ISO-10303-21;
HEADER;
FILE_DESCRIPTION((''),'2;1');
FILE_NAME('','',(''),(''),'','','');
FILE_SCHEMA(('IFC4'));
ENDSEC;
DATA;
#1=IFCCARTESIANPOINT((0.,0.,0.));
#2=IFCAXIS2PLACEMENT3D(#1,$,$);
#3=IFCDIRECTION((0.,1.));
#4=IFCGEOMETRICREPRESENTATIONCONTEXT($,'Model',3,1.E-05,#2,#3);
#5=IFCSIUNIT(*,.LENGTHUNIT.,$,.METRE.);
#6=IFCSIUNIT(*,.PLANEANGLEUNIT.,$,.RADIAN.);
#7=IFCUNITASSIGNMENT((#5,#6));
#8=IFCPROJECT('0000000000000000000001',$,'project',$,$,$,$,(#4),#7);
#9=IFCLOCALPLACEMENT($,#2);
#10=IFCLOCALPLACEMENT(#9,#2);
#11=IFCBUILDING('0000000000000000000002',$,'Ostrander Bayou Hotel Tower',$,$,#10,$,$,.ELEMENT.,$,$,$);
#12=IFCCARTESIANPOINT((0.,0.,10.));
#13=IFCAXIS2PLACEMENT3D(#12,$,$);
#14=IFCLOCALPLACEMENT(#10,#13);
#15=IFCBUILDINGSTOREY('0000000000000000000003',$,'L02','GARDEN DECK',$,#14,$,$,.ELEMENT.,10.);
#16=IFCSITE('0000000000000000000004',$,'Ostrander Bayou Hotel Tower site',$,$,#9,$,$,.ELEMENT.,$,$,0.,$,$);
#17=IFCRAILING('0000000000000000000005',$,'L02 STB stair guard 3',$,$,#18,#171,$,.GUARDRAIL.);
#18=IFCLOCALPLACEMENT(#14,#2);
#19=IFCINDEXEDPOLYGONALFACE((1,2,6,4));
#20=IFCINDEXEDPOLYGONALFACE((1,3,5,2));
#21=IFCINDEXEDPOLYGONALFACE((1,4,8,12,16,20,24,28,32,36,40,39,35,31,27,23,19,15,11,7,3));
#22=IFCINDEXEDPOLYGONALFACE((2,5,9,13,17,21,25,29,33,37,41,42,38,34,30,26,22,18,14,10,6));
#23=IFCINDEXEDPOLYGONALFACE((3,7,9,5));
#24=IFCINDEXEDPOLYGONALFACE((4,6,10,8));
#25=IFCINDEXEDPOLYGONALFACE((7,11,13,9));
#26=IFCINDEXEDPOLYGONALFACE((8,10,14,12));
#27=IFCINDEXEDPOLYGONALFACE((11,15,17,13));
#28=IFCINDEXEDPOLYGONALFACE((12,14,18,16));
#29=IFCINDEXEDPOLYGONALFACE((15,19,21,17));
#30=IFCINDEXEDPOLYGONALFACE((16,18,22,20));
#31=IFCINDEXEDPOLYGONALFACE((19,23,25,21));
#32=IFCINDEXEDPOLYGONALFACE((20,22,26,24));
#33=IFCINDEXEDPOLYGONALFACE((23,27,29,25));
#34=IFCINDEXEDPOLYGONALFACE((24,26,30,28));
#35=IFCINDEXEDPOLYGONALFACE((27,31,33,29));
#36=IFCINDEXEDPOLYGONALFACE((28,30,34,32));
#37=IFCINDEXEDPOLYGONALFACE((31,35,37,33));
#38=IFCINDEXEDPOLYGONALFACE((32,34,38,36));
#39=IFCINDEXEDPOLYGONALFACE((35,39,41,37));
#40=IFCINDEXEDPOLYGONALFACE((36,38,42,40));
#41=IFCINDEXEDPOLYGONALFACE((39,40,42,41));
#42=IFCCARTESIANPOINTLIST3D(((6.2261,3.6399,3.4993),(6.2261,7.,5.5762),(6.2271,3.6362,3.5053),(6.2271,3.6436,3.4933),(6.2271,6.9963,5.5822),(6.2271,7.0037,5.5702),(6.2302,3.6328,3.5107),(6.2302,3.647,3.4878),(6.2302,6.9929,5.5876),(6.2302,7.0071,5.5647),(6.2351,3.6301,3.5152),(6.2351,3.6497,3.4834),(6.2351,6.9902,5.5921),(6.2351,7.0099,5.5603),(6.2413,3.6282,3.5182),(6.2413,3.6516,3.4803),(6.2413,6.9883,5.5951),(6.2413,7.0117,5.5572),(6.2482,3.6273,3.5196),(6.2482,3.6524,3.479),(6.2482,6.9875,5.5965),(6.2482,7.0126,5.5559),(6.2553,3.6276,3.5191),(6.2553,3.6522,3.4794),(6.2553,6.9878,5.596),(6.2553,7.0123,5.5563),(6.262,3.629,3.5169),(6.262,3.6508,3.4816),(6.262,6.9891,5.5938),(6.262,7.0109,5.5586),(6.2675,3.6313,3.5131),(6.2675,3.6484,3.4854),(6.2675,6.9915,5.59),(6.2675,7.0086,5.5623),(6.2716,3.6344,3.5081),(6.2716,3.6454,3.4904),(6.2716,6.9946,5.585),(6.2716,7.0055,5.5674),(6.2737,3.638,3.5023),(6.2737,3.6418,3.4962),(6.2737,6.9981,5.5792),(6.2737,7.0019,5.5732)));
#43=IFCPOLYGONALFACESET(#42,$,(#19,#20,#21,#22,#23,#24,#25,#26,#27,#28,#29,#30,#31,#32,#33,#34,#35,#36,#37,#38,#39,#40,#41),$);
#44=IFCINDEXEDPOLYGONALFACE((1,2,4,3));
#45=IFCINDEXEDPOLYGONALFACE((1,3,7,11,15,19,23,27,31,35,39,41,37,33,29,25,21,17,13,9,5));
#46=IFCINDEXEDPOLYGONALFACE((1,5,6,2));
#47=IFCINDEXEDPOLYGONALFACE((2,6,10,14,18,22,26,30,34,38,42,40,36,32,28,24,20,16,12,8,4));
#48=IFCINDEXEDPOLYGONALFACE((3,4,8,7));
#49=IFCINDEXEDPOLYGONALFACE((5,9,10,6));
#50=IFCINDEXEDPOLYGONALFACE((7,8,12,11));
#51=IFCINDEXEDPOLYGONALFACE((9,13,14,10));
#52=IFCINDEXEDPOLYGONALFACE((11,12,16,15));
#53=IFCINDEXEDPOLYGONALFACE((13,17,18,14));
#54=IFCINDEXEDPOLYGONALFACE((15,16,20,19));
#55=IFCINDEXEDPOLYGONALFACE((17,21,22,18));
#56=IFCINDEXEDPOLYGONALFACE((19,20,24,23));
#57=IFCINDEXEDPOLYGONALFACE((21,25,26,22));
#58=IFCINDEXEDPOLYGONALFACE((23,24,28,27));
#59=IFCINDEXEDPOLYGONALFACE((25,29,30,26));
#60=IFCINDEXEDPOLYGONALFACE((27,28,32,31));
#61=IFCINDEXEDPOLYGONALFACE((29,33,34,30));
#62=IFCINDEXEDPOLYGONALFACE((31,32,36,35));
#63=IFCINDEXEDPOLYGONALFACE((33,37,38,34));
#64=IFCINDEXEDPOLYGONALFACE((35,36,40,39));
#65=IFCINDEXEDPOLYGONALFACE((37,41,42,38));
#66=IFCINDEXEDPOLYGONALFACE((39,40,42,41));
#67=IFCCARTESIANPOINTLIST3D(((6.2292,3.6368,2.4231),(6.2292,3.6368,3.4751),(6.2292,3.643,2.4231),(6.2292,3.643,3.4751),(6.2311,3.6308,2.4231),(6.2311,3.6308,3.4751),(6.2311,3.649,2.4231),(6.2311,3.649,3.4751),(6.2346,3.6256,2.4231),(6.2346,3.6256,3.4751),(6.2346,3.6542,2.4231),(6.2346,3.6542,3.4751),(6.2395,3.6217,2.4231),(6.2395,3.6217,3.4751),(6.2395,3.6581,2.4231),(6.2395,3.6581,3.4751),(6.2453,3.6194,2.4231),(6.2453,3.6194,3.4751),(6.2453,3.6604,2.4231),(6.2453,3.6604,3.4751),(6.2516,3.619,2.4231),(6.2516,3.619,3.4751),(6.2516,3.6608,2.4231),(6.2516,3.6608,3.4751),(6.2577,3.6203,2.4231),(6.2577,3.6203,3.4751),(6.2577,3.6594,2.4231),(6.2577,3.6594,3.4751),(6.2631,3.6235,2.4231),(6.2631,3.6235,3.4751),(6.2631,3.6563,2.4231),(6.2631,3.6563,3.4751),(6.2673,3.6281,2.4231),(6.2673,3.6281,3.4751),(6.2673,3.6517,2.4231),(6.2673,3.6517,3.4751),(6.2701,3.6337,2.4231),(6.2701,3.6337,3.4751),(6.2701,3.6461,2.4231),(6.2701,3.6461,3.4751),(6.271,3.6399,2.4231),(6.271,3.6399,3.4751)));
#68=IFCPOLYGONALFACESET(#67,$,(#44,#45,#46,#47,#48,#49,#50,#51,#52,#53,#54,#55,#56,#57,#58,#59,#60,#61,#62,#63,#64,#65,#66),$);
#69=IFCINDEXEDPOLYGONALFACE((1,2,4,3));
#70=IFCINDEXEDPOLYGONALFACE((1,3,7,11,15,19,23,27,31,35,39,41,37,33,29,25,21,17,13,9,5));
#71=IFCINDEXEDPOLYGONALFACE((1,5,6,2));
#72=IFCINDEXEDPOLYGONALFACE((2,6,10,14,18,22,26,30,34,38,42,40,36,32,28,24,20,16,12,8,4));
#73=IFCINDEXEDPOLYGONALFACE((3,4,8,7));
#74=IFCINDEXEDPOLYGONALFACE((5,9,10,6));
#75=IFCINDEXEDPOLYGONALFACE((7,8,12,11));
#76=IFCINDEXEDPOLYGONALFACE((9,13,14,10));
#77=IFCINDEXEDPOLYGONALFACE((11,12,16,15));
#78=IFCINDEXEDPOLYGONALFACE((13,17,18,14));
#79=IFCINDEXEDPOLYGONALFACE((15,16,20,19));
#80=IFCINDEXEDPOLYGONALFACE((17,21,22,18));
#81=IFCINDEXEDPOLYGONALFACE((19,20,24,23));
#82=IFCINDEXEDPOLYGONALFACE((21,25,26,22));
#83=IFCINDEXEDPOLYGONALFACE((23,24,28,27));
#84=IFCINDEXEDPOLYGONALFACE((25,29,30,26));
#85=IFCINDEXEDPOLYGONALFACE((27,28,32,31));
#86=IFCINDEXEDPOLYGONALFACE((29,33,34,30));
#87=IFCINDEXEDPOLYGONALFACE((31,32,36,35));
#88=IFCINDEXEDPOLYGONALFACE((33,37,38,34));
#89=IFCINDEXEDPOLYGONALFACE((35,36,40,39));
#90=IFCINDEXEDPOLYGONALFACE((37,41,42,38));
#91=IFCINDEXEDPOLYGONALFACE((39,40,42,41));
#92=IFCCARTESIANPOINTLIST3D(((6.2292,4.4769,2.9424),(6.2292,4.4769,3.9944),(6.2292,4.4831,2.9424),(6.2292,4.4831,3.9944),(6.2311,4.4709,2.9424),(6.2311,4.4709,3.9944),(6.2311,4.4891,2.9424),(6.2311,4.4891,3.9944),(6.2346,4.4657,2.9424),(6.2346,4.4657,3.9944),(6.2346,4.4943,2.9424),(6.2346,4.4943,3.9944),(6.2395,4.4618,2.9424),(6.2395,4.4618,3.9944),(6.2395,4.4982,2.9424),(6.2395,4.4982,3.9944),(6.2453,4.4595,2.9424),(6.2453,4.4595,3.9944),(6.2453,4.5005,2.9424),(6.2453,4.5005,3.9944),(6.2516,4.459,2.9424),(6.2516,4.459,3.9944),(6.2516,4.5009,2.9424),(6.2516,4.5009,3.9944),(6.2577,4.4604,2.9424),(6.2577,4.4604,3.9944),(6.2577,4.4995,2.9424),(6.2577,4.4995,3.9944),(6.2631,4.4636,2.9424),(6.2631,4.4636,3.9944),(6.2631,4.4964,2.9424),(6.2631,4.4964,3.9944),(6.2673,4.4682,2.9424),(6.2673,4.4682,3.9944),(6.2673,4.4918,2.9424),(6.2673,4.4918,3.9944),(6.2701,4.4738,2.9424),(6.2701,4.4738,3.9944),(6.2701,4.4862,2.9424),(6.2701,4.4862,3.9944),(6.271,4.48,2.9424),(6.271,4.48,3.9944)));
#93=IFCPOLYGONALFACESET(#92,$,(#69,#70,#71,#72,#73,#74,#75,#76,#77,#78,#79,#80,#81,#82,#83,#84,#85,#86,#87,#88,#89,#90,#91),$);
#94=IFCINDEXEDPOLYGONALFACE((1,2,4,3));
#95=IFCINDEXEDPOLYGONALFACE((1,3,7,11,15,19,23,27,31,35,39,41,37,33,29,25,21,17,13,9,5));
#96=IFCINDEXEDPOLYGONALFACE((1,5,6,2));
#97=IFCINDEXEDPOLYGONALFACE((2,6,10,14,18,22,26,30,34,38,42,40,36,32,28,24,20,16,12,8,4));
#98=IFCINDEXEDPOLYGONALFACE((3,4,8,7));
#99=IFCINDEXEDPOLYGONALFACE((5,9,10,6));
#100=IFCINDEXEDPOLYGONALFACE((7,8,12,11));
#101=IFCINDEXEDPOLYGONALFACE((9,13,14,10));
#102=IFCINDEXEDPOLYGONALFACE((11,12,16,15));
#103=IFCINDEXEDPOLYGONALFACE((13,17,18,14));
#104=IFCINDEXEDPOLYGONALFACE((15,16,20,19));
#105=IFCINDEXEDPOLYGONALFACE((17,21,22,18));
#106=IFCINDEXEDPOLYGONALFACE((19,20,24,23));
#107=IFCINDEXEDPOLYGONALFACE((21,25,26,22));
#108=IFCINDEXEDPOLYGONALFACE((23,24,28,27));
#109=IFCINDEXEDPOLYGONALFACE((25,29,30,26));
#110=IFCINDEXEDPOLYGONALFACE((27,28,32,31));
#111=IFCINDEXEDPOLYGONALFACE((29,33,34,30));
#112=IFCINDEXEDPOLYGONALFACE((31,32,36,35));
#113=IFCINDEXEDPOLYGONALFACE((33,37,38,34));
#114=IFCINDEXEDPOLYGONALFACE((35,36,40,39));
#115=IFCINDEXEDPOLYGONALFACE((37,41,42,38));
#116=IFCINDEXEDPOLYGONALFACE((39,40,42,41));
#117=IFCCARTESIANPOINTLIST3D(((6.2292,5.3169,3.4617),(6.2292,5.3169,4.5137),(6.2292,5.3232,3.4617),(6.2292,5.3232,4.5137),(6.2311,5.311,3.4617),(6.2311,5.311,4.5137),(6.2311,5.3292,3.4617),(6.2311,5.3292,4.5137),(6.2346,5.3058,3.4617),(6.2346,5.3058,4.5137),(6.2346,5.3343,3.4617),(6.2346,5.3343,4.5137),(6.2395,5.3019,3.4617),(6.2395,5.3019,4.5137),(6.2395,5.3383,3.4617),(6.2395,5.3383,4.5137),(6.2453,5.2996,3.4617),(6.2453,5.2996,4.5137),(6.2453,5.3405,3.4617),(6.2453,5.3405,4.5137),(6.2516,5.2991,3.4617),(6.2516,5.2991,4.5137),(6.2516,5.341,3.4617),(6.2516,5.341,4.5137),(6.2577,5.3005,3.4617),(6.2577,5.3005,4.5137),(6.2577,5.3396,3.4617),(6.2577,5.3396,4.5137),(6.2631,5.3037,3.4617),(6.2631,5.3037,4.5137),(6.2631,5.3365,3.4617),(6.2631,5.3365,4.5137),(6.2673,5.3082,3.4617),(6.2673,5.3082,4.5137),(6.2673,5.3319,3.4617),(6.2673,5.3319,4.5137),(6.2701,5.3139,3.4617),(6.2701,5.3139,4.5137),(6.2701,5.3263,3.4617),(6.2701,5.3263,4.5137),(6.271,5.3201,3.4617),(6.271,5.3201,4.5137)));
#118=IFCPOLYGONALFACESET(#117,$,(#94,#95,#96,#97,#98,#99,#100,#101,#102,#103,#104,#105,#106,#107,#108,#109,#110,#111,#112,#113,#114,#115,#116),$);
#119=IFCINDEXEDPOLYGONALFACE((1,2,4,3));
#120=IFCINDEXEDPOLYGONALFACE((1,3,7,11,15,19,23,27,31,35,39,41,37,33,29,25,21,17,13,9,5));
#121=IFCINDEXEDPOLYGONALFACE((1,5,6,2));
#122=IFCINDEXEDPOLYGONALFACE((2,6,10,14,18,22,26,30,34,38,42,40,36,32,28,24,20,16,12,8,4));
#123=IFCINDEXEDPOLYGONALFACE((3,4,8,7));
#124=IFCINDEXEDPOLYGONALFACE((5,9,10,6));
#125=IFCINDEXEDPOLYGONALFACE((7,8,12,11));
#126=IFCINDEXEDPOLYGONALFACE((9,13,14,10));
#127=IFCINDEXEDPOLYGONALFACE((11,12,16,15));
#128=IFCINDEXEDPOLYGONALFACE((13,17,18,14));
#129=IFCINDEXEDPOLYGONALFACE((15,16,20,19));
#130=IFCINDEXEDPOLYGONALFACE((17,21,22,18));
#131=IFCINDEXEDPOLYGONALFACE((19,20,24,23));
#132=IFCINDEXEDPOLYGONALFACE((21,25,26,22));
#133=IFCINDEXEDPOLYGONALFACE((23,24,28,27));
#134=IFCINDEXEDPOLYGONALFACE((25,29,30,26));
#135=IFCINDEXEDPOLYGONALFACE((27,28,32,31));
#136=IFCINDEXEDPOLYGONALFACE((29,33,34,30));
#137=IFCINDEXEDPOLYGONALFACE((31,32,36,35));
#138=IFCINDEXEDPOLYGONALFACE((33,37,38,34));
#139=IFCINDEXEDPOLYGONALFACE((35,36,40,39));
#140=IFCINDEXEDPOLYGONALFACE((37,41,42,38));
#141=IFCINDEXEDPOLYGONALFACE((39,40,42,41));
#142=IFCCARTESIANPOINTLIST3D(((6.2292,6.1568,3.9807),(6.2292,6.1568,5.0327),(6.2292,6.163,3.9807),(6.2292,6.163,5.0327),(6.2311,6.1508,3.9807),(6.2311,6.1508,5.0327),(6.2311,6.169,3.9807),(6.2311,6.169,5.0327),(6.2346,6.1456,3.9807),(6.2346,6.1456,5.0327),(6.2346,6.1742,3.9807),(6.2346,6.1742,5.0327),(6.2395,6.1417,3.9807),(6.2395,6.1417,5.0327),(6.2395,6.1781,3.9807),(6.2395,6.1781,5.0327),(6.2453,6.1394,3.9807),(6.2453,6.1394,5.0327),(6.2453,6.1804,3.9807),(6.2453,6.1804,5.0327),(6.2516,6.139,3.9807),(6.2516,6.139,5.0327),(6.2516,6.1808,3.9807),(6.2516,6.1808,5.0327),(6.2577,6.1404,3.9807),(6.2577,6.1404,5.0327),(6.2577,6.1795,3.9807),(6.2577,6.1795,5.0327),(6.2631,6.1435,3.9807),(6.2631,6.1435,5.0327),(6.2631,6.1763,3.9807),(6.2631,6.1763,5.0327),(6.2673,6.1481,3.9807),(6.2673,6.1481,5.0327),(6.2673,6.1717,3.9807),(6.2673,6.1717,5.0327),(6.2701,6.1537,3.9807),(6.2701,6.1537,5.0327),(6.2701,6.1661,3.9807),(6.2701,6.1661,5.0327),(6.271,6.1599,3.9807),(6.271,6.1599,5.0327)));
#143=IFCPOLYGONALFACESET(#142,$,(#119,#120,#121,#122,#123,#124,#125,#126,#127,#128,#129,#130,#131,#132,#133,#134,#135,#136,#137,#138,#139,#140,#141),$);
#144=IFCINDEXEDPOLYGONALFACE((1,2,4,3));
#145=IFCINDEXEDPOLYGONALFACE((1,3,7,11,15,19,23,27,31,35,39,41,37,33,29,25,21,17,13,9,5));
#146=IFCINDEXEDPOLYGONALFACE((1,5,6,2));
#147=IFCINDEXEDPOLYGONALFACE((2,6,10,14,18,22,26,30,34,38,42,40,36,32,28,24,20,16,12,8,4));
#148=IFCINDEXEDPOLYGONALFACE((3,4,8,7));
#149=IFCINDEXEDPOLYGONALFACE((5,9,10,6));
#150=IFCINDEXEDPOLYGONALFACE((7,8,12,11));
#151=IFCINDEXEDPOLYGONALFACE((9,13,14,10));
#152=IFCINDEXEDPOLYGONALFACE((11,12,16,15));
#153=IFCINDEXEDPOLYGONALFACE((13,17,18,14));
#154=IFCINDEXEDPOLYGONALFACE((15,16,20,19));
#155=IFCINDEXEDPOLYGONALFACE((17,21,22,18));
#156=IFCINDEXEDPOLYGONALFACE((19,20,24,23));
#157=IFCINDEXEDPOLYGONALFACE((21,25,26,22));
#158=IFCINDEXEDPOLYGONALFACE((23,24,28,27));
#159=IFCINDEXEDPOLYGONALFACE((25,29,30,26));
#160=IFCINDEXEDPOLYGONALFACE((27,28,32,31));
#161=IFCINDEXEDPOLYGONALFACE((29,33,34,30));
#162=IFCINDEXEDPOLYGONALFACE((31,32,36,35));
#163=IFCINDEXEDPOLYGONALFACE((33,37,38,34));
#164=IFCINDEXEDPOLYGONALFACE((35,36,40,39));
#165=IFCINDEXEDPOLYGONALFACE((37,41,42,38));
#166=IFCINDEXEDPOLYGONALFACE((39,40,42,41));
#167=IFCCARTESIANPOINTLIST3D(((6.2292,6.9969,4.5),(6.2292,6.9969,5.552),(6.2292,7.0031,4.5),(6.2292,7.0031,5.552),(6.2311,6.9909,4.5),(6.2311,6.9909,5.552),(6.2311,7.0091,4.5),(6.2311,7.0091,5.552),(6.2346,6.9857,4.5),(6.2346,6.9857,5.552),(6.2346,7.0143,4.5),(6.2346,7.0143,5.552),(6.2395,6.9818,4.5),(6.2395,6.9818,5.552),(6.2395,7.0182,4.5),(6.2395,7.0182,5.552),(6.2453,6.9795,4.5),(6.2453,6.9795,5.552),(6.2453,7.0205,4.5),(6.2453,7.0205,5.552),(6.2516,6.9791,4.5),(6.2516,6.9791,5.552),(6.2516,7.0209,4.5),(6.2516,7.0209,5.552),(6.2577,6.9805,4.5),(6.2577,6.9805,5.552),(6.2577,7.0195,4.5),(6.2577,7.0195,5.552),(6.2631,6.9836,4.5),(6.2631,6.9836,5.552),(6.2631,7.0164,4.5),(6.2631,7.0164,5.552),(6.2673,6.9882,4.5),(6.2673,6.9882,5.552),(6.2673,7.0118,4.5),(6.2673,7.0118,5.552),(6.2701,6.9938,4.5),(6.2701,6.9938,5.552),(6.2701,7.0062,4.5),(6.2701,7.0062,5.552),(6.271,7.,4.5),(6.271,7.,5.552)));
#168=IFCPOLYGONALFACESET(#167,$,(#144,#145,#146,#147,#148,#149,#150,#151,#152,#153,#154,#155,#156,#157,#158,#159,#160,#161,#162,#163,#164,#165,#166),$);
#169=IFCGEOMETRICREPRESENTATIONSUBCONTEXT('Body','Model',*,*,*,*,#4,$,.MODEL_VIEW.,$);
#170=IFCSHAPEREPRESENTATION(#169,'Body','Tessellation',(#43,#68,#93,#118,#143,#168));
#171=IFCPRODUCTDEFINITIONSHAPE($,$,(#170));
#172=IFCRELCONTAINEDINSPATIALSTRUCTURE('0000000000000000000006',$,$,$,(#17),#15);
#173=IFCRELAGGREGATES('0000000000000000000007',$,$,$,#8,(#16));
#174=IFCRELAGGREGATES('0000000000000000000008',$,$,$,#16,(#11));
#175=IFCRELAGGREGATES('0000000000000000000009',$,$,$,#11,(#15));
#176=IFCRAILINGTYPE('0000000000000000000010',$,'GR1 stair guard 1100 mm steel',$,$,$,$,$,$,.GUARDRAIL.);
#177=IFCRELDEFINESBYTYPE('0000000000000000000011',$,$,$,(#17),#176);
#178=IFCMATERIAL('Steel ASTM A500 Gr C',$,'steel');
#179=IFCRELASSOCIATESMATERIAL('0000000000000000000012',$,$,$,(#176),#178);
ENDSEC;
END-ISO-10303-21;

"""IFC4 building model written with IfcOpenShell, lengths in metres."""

from ifc_helpers import new_model, si_unit, direction, frame, origin, origin_2d, place, context, subcontext, project, spatial, circle, extrude, material, type_object, element, save


model = new_model("IFC4")

# Units and contexts
model_context = context("Model", 3, precision=1e-05, world=origin(), true_north=direction((0.0, 1.0)))
body_context = subcontext(model_context, "Body", "Model", "MODEL_VIEW")
ifc_project = project(units=[si_unit("LENGTHUNIT", "METRE"), si_unit("PLANEANGLEUNIT", "RADIAN")], contexts=[model_context])

# Site, building, storey
site_placement = place(None, origin())
site = spatial("IfcSite", under=ifc_project, at=site_placement, Name="Ostrander Bayou Hotel Tower site", CompositionType="ELEMENT", RefElevation=0.0)
building_placement = place(site_placement, origin())
building = spatial("IfcBuilding", under=site, at=building_placement, Name="Ostrander Bayou Hotel Tower", CompositionType="ELEMENT")
storey_placement = place(building_placement, frame((0.0, 0.0, 10.0)))
storey = spatial("IfcBuildingStorey", under=building, at=storey_placement, Name="L02", Description="GARDEN DECK", CompositionType="ELEMENT", Elevation=10.0)

# Railing
ifc_material_1 = material(Name="Steel ASTM A500 Gr C", Category="steel")
railing_type_1 = type_object("IfcRailingType", Name="GR1 stair guard 1100 mm steel", PredefinedType="GUARDRAIL", material=ifc_material_1)
railing_1_placement = place(storey_placement, frame((6.25, 3.6399, 2.4231)))
element("IfcRailing", 1, at=railing_1_placement, inside=storey, type_object=railing_type_1, Name="L02 STB stair guard 3", PredefinedType="GUARDRAIL", context=body_context, shape_type="SweptSolid", body=[
    extrude(circle(Radius=0.0239, at=origin_2d()), frame((0.0, 0.0, 1.0762), z_axis=(0.0, 0.850623, 0.525776), x_axis=(-1.0, 0.0, 0.0)), (0.0, 0.0, 1.0), 3.9502),
    extrude(circle(Radius=0.021, at=origin_2d()), origin(), (0.0, 0.0, 1.0), 1.052),
    extrude(circle(Radius=0.021, at=origin_2d()), frame((0.0, 0.8401, 0.5193)), (0.0, 0.0, 1.0), 1.052),
    extrude(circle(Radius=0.021, at=origin_2d()), frame((0.0, 1.6802, 1.0386)), (0.0, 0.0, 1.0), 1.052),
    extrude(circle(Radius=0.021, at=origin_2d()), frame((0.0, 2.52, 1.5576)), (0.0, 0.0, 1.0), 1.052),
    extrude(circle(Radius=0.021, at=origin_2d()), frame((0.0, 3.3601, 2.0769)), (0.0, 0.0, 1.0), 1.052),
])

save(model, "model.ifc")
